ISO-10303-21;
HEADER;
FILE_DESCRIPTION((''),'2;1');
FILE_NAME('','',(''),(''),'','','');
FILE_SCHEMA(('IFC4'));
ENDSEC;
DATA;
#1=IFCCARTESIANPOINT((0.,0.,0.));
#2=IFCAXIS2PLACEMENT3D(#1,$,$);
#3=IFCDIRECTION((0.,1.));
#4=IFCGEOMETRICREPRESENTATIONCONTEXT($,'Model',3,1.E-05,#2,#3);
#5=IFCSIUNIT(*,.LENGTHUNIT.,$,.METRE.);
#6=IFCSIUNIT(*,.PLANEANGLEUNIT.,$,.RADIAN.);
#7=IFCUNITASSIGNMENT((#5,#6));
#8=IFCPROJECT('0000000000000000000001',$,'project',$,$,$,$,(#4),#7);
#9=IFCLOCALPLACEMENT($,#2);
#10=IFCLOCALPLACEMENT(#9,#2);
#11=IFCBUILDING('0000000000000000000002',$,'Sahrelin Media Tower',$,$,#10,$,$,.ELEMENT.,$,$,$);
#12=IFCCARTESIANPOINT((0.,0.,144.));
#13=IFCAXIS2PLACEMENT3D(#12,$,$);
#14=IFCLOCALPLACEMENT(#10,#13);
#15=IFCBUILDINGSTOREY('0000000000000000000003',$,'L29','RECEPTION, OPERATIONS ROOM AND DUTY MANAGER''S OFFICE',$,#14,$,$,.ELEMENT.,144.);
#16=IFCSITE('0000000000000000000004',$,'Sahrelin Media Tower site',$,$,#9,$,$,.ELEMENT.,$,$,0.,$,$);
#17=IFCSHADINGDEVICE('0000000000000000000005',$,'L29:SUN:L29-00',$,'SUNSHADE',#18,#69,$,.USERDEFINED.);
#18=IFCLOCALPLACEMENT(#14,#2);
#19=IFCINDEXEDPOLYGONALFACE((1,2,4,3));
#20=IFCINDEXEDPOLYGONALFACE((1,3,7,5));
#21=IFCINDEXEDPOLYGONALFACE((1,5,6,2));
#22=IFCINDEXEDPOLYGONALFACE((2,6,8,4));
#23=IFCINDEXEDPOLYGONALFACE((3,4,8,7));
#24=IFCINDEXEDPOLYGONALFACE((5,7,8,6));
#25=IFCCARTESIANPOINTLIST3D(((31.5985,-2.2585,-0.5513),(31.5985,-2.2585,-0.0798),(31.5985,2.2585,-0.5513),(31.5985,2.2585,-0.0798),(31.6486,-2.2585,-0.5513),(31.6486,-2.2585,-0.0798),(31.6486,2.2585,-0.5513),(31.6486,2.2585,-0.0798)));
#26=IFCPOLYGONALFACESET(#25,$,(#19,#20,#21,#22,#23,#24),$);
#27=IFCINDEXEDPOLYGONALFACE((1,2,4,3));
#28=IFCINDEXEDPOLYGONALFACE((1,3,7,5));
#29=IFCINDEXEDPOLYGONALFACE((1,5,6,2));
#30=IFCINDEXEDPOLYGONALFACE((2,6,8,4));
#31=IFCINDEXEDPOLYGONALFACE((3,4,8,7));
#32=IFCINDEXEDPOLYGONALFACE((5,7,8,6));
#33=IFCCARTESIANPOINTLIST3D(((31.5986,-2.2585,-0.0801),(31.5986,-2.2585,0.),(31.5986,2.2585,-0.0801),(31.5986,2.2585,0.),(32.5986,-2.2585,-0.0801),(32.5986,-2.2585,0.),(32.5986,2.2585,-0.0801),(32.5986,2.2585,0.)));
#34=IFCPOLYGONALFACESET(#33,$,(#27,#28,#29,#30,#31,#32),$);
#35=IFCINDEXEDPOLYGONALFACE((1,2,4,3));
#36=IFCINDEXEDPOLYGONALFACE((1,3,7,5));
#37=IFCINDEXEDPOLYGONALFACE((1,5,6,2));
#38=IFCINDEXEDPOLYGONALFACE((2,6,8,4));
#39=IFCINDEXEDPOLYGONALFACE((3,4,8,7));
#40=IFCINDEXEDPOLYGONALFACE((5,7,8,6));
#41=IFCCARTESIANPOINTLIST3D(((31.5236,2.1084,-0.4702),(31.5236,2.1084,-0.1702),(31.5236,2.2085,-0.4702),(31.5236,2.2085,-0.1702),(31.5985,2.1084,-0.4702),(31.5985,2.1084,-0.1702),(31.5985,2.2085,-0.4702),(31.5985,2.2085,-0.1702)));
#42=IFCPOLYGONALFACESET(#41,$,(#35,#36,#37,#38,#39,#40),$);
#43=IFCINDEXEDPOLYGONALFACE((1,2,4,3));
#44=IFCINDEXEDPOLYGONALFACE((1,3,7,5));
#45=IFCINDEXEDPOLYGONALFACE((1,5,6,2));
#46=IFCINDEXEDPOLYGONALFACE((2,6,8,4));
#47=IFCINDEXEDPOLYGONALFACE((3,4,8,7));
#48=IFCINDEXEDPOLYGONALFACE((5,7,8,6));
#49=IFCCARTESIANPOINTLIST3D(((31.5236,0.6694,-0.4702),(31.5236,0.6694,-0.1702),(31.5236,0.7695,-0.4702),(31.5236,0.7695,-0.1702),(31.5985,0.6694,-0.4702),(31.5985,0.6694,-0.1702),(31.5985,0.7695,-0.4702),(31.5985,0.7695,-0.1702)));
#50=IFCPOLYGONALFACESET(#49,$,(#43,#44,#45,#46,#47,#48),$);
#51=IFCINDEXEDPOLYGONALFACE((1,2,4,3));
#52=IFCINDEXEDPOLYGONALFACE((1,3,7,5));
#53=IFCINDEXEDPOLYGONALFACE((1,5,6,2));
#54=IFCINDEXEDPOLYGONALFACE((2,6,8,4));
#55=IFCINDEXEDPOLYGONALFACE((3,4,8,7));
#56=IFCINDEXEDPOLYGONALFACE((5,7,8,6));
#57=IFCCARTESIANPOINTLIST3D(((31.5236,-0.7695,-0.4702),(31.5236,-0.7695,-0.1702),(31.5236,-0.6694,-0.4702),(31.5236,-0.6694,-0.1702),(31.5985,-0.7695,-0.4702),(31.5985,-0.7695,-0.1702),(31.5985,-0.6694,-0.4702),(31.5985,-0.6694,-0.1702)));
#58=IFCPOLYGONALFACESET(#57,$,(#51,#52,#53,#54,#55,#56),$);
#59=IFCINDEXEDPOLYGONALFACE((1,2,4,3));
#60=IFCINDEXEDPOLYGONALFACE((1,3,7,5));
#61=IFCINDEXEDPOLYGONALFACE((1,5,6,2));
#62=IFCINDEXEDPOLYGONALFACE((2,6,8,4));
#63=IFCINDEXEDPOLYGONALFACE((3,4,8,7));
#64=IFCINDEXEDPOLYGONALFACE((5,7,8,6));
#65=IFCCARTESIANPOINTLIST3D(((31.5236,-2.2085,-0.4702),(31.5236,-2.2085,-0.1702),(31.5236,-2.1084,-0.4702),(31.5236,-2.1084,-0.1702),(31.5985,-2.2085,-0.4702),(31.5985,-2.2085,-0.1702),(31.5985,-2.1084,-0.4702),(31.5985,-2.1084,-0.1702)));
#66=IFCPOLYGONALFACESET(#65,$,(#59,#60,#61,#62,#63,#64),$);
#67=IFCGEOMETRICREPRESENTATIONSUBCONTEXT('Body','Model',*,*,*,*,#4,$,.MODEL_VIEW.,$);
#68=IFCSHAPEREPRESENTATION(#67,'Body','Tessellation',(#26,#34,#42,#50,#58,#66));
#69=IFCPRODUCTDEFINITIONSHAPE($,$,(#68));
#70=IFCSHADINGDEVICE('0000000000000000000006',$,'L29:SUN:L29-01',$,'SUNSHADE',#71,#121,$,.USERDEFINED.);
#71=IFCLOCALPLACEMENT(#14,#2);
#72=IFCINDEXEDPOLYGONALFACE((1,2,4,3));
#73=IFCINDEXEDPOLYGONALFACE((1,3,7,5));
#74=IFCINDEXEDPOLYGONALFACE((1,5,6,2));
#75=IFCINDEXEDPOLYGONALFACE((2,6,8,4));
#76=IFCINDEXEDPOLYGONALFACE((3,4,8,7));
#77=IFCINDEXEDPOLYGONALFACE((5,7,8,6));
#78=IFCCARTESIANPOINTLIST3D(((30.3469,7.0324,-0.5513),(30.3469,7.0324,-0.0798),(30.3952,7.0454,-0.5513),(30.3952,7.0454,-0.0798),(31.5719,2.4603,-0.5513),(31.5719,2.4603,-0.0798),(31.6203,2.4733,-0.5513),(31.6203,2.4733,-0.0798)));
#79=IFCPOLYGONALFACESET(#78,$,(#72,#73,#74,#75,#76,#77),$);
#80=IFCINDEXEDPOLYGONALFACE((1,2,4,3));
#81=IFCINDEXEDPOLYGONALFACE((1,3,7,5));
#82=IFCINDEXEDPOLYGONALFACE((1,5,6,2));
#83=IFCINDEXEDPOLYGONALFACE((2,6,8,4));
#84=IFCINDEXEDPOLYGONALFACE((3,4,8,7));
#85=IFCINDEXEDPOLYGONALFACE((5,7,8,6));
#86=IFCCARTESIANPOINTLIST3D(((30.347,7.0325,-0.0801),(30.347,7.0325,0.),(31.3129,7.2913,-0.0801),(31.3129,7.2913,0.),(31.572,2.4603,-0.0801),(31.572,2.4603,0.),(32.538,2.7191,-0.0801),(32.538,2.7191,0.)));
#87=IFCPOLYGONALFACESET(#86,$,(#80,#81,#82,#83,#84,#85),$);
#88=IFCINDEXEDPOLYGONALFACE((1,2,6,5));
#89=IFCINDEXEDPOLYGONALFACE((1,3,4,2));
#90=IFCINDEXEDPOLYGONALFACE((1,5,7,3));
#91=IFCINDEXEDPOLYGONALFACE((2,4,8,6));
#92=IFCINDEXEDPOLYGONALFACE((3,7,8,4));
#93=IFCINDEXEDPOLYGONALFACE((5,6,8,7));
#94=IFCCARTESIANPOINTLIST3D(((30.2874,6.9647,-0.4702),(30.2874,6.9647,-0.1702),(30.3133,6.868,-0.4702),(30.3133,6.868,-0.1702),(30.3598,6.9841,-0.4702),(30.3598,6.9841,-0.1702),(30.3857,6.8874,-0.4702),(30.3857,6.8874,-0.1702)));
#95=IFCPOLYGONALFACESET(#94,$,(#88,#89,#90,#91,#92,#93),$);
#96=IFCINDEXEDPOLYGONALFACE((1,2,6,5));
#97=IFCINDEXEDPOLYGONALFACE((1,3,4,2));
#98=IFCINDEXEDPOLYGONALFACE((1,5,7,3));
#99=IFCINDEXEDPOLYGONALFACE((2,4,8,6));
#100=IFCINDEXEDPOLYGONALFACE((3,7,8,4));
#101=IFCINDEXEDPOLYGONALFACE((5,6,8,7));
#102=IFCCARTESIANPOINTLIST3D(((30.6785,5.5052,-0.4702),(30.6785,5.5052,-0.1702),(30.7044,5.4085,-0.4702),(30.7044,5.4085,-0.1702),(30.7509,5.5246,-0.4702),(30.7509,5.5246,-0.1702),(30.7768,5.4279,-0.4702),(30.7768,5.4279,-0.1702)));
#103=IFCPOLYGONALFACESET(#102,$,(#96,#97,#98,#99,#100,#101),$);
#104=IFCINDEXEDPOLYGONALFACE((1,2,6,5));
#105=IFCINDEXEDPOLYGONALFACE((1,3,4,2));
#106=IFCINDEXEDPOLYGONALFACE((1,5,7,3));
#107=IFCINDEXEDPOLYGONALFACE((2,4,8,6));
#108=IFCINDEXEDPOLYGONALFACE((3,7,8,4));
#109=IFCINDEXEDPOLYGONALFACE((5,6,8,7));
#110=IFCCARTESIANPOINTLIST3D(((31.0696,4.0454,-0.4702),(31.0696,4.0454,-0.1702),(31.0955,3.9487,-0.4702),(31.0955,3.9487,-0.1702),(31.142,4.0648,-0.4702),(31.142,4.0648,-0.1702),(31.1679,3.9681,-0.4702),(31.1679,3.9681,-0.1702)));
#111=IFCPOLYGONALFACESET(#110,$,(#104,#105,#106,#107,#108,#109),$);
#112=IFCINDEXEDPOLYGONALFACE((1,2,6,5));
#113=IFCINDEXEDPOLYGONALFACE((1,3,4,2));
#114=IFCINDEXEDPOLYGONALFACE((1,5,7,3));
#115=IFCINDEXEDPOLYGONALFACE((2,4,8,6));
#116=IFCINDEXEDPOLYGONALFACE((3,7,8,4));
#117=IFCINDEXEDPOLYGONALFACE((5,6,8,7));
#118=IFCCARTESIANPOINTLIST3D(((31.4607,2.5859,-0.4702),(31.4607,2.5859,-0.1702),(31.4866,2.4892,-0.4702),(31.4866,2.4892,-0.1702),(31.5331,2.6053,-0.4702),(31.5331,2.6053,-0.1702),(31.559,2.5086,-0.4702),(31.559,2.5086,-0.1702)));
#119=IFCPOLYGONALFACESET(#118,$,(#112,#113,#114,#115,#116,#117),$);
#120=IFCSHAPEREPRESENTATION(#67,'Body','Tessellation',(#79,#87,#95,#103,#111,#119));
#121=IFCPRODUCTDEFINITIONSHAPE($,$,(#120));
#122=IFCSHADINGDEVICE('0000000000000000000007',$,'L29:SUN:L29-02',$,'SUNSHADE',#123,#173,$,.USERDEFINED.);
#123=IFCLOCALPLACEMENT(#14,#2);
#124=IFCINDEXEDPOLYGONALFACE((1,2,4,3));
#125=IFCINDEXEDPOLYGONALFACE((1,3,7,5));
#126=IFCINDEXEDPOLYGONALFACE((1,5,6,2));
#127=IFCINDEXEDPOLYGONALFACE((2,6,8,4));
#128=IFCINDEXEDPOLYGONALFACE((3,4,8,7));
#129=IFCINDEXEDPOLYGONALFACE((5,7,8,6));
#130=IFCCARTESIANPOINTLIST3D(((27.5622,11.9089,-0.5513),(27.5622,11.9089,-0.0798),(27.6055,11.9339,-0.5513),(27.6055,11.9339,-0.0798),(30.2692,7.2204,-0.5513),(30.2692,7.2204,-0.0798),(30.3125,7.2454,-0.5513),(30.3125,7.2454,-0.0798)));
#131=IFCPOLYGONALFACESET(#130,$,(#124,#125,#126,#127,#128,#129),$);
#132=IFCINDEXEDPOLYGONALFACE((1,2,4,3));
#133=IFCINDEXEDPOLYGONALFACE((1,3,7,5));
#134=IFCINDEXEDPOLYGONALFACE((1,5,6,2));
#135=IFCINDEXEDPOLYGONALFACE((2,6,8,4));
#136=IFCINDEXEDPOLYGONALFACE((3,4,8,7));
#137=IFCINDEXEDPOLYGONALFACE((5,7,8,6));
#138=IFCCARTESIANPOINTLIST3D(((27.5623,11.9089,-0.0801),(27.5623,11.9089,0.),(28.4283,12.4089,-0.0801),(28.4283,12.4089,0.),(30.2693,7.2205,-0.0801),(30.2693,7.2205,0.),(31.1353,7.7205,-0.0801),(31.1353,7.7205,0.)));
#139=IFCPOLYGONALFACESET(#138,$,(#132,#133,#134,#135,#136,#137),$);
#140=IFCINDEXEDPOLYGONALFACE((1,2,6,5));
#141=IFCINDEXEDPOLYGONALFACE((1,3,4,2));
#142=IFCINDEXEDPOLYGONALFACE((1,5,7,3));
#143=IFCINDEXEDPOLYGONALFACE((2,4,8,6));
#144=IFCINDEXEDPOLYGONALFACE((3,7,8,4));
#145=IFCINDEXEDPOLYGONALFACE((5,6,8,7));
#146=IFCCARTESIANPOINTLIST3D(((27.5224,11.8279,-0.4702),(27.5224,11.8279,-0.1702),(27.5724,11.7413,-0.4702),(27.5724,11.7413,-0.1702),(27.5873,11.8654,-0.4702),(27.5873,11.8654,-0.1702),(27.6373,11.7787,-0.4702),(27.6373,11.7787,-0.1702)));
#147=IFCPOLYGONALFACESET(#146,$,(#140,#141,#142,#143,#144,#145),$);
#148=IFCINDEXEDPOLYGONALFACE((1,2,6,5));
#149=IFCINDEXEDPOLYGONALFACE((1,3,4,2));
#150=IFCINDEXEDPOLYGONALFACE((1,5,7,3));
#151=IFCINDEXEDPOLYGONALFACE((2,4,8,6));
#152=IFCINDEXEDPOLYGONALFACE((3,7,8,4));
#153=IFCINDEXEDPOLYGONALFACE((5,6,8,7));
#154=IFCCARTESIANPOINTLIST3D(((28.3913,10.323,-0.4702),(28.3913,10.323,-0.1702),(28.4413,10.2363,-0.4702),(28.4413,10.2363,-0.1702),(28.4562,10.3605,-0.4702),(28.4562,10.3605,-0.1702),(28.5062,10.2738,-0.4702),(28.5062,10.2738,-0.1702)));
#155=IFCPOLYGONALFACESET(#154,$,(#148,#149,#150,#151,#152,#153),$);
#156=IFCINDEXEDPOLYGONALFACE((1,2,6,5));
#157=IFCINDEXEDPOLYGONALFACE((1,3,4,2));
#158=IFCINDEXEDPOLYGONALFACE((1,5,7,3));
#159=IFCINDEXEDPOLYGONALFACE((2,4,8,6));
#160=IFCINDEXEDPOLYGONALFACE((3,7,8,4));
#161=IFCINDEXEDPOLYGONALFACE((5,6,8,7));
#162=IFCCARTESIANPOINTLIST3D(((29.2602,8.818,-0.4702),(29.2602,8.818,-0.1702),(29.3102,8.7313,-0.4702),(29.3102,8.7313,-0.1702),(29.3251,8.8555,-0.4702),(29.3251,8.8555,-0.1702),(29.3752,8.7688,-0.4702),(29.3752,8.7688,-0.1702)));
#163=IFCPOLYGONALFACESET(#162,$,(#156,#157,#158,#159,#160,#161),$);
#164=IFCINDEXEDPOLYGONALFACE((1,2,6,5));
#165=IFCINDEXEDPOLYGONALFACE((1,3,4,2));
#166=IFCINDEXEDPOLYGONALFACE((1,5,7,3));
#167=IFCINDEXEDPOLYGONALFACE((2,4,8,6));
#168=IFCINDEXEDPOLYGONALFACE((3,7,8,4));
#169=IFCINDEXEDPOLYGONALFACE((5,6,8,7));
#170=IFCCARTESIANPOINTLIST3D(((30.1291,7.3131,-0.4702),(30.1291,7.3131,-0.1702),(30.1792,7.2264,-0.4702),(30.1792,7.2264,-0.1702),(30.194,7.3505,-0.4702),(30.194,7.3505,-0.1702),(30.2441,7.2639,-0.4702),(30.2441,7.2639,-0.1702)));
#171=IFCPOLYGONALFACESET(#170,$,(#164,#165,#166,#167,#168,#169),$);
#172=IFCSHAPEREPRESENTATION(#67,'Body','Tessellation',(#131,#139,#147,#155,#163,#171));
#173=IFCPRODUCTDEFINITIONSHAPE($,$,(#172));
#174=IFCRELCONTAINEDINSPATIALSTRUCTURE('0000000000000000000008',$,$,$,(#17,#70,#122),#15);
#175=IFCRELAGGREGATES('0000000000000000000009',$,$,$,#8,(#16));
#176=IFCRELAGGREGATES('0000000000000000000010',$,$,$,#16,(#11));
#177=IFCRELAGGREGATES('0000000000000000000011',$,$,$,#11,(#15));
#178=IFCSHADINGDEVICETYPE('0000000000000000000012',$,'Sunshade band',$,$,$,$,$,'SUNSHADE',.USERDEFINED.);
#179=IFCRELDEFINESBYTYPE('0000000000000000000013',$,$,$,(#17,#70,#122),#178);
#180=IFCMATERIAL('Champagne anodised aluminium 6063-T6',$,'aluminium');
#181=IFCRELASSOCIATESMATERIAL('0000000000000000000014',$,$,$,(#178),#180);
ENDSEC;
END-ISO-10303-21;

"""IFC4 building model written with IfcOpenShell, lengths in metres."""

from ifc_helpers import new_model, si_unit, direction, frame, origin, origin_2d, place, context, subcontext, project, spatial, rectangle, extrude, material, type_object, element, save


model = new_model("IFC4")

# Units and contexts
model_context = context("Model", 3, precision=1e-05, world=origin(), true_north=direction((0.0, 1.0)))
body_context = subcontext(model_context, "Body", "Model", "MODEL_VIEW")
ifc_project = project(units=[si_unit("LENGTHUNIT", "METRE"), si_unit("PLANEANGLEUNIT", "RADIAN")], contexts=[model_context])

# Site, building, storey
site_placement = place(None, origin())
site = spatial("IfcSite", under=ifc_project, at=site_placement, Name="Sahrelin Media Tower site", CompositionType="ELEMENT", RefElevation=0.0)
building_placement = place(site_placement, origin())
building = spatial("IfcBuilding", under=site, at=building_placement, Name="Sahrelin Media Tower", CompositionType="ELEMENT")
storey_placement = place(building_placement, frame((0.0, 0.0, 144.0)))
storey = spatial("IfcBuildingStorey", under=building, at=storey_placement, Name="L29", Description="RECEPTION, OPERATIONS ROOM AND DUTY MANAGER'S OFFICE", CompositionType="ELEMENT", Elevation=144.0)

# Shared definitions
ifc_material_1 = material(Name="Champagne anodised aluminium 6063-T6", Category="aluminium")

# Shading devices
placement_1 = place(storey_placement, frame((31.5786, 0.0, 0.0), z_axis=(0.0, 0.0, 1.0), x_axis=(0.0, -1.0, 0.0)))
placement_2 = place(storey_placement, frame((30.9402, 4.7412, 0.0), z_axis=(0.0, 0.0, 1.0), x_axis=(0.258808, -0.965929, 0.0)))
placement_3 = place(storey_placement, frame((28.8984, 9.5547, 0.0), z_axis=(0.0, 0.0, 1.0), x_axis=(0.500011, -0.866019, 0.0)))
shading_device_type_1 = type_object("IfcShadingDeviceType", Name="Sunshade band", ElementType="SUNSHADE", PredefinedType="USERDEFINED", material=ifc_material_1)
element("IfcShadingDevice", 1, at=placement_1, inside=storey, type_object=shading_device_type_1, Name="L29:SUN:L29-00", ObjectType="SUNSHADE", PredefinedType="USERDEFINED", context=body_context, shape_type="SweptSolid", body=[
    extrude(rectangle(XDim=4.5171, YDim=0.05, at=origin_2d()), frame((0.0, 0.0449, -0.5513)), (0.0, 0.0, 1.0), 0.4714),
    extrude(rectangle(XDim=4.5171, YDim=1.0, at=origin_2d()), frame((0.0, 0.52, -0.0801)), (0.0, 0.0, 1.0), 0.0801),
    extrude(rectangle(XDim=0.1001, YDim=0.075, at=origin_2d()), frame((-2.1584, -0.0176, -0.4702)), (0.0, 0.0, 1.0), 0.3),
    extrude(rectangle(XDim=0.1001, YDim=0.075, at=origin_2d()), frame((-0.7195, -0.0176, -0.4702)), (0.0, 0.0, 1.0), 0.3),
    extrude(rectangle(XDim=0.1001, YDim=0.075, at=origin_2d()), frame((0.7195, -0.0176, -0.4702)), (0.0, 0.0, 1.0), 0.3),
    extrude(rectangle(XDim=0.1001, YDim=0.075, at=origin_2d()), frame((2.1584, -0.0176, -0.4702)), (0.0, 0.0, 1.0), 0.3),
])
element("IfcShadingDevice", 2, at=placement_2, inside=storey, type_object=shading_device_type_1, Name="L29:SUN:L29-01", ObjectType="SUNSHADE", PredefinedType="USERDEFINED", context=body_context, shape_type="SweptSolid", body=[
    extrude(rectangle(XDim=4.7334, YDim=0.05, at=origin_2d()), frame((0.0, 0.0449, -0.5513)), (0.0, 0.0, 1.0), 0.4714),
    extrude(rectangle(XDim=4.7334, YDim=1.0, at=origin_2d()), frame((0.0, 0.52, -0.0801)), (0.0, 0.0, 1.0), 0.0801),
    extrude(rectangle(XDim=0.1001, YDim=0.075, at=origin_2d()), frame((-2.2666, -0.0176, -0.4702)), (0.0, 0.0, 1.0), 0.3),
    extrude(rectangle(XDim=0.1001, YDim=0.075, at=origin_2d()), frame((-0.7556, -0.0176, -0.4702)), (0.0, 0.0, 1.0), 0.3),
    extrude(rectangle(XDim=0.1001, YDim=0.075, at=origin_2d()), frame((0.7556, -0.0176, -0.4702)), (0.0, 0.0, 1.0), 0.3),
    extrude(rectangle(XDim=0.1001, YDim=0.075, at=origin_2d()), frame((2.2666, -0.0176, -0.4702)), (0.0, 0.0, 1.0), 0.3),
])
element("IfcShadingDevice", 3, at=placement_3, inside=storey, type_object=shading_device_type_1, Name="L29:SUN:L29-02", ObjectType="SUNSHADE", PredefinedType="USERDEFINED", context=body_context, shape_type="SweptSolid", body=[
    extrude(rectangle(XDim=5.4138, YDim=0.05, at=origin_2d()), frame((0.0, 0.0449, -0.5513)), (0.0, 0.0, 1.0), 0.4714),
    extrude(rectangle(XDim=5.4138, YDim=1.0, at=origin_2d()), frame((0.0, 0.52, -0.0801)), (0.0, 0.0, 1.0), 0.0801),
    extrude(rectangle(XDim=0.1001, YDim=0.075, at=origin_2d()), frame((-2.6067, -0.0176, -0.4702)), (0.0, 0.0, 1.0), 0.3),
    extrude(rectangle(XDim=0.1001, YDim=0.075, at=origin_2d()), frame((-0.8689, -0.0176, -0.4702)), (0.0, 0.0, 1.0), 0.3),
    extrude(rectangle(XDim=0.1001, YDim=0.075, at=origin_2d()), frame((0.8689, -0.0176, -0.4702)), (0.0, 0.0, 1.0), 0.3),
    extrude(rectangle(XDim=0.1001, YDim=0.075, at=origin_2d()), frame((2.6067, -0.0176, -0.4702)), (0.0, 0.0, 1.0), 0.3),
])

save(model, "model.ifc")
